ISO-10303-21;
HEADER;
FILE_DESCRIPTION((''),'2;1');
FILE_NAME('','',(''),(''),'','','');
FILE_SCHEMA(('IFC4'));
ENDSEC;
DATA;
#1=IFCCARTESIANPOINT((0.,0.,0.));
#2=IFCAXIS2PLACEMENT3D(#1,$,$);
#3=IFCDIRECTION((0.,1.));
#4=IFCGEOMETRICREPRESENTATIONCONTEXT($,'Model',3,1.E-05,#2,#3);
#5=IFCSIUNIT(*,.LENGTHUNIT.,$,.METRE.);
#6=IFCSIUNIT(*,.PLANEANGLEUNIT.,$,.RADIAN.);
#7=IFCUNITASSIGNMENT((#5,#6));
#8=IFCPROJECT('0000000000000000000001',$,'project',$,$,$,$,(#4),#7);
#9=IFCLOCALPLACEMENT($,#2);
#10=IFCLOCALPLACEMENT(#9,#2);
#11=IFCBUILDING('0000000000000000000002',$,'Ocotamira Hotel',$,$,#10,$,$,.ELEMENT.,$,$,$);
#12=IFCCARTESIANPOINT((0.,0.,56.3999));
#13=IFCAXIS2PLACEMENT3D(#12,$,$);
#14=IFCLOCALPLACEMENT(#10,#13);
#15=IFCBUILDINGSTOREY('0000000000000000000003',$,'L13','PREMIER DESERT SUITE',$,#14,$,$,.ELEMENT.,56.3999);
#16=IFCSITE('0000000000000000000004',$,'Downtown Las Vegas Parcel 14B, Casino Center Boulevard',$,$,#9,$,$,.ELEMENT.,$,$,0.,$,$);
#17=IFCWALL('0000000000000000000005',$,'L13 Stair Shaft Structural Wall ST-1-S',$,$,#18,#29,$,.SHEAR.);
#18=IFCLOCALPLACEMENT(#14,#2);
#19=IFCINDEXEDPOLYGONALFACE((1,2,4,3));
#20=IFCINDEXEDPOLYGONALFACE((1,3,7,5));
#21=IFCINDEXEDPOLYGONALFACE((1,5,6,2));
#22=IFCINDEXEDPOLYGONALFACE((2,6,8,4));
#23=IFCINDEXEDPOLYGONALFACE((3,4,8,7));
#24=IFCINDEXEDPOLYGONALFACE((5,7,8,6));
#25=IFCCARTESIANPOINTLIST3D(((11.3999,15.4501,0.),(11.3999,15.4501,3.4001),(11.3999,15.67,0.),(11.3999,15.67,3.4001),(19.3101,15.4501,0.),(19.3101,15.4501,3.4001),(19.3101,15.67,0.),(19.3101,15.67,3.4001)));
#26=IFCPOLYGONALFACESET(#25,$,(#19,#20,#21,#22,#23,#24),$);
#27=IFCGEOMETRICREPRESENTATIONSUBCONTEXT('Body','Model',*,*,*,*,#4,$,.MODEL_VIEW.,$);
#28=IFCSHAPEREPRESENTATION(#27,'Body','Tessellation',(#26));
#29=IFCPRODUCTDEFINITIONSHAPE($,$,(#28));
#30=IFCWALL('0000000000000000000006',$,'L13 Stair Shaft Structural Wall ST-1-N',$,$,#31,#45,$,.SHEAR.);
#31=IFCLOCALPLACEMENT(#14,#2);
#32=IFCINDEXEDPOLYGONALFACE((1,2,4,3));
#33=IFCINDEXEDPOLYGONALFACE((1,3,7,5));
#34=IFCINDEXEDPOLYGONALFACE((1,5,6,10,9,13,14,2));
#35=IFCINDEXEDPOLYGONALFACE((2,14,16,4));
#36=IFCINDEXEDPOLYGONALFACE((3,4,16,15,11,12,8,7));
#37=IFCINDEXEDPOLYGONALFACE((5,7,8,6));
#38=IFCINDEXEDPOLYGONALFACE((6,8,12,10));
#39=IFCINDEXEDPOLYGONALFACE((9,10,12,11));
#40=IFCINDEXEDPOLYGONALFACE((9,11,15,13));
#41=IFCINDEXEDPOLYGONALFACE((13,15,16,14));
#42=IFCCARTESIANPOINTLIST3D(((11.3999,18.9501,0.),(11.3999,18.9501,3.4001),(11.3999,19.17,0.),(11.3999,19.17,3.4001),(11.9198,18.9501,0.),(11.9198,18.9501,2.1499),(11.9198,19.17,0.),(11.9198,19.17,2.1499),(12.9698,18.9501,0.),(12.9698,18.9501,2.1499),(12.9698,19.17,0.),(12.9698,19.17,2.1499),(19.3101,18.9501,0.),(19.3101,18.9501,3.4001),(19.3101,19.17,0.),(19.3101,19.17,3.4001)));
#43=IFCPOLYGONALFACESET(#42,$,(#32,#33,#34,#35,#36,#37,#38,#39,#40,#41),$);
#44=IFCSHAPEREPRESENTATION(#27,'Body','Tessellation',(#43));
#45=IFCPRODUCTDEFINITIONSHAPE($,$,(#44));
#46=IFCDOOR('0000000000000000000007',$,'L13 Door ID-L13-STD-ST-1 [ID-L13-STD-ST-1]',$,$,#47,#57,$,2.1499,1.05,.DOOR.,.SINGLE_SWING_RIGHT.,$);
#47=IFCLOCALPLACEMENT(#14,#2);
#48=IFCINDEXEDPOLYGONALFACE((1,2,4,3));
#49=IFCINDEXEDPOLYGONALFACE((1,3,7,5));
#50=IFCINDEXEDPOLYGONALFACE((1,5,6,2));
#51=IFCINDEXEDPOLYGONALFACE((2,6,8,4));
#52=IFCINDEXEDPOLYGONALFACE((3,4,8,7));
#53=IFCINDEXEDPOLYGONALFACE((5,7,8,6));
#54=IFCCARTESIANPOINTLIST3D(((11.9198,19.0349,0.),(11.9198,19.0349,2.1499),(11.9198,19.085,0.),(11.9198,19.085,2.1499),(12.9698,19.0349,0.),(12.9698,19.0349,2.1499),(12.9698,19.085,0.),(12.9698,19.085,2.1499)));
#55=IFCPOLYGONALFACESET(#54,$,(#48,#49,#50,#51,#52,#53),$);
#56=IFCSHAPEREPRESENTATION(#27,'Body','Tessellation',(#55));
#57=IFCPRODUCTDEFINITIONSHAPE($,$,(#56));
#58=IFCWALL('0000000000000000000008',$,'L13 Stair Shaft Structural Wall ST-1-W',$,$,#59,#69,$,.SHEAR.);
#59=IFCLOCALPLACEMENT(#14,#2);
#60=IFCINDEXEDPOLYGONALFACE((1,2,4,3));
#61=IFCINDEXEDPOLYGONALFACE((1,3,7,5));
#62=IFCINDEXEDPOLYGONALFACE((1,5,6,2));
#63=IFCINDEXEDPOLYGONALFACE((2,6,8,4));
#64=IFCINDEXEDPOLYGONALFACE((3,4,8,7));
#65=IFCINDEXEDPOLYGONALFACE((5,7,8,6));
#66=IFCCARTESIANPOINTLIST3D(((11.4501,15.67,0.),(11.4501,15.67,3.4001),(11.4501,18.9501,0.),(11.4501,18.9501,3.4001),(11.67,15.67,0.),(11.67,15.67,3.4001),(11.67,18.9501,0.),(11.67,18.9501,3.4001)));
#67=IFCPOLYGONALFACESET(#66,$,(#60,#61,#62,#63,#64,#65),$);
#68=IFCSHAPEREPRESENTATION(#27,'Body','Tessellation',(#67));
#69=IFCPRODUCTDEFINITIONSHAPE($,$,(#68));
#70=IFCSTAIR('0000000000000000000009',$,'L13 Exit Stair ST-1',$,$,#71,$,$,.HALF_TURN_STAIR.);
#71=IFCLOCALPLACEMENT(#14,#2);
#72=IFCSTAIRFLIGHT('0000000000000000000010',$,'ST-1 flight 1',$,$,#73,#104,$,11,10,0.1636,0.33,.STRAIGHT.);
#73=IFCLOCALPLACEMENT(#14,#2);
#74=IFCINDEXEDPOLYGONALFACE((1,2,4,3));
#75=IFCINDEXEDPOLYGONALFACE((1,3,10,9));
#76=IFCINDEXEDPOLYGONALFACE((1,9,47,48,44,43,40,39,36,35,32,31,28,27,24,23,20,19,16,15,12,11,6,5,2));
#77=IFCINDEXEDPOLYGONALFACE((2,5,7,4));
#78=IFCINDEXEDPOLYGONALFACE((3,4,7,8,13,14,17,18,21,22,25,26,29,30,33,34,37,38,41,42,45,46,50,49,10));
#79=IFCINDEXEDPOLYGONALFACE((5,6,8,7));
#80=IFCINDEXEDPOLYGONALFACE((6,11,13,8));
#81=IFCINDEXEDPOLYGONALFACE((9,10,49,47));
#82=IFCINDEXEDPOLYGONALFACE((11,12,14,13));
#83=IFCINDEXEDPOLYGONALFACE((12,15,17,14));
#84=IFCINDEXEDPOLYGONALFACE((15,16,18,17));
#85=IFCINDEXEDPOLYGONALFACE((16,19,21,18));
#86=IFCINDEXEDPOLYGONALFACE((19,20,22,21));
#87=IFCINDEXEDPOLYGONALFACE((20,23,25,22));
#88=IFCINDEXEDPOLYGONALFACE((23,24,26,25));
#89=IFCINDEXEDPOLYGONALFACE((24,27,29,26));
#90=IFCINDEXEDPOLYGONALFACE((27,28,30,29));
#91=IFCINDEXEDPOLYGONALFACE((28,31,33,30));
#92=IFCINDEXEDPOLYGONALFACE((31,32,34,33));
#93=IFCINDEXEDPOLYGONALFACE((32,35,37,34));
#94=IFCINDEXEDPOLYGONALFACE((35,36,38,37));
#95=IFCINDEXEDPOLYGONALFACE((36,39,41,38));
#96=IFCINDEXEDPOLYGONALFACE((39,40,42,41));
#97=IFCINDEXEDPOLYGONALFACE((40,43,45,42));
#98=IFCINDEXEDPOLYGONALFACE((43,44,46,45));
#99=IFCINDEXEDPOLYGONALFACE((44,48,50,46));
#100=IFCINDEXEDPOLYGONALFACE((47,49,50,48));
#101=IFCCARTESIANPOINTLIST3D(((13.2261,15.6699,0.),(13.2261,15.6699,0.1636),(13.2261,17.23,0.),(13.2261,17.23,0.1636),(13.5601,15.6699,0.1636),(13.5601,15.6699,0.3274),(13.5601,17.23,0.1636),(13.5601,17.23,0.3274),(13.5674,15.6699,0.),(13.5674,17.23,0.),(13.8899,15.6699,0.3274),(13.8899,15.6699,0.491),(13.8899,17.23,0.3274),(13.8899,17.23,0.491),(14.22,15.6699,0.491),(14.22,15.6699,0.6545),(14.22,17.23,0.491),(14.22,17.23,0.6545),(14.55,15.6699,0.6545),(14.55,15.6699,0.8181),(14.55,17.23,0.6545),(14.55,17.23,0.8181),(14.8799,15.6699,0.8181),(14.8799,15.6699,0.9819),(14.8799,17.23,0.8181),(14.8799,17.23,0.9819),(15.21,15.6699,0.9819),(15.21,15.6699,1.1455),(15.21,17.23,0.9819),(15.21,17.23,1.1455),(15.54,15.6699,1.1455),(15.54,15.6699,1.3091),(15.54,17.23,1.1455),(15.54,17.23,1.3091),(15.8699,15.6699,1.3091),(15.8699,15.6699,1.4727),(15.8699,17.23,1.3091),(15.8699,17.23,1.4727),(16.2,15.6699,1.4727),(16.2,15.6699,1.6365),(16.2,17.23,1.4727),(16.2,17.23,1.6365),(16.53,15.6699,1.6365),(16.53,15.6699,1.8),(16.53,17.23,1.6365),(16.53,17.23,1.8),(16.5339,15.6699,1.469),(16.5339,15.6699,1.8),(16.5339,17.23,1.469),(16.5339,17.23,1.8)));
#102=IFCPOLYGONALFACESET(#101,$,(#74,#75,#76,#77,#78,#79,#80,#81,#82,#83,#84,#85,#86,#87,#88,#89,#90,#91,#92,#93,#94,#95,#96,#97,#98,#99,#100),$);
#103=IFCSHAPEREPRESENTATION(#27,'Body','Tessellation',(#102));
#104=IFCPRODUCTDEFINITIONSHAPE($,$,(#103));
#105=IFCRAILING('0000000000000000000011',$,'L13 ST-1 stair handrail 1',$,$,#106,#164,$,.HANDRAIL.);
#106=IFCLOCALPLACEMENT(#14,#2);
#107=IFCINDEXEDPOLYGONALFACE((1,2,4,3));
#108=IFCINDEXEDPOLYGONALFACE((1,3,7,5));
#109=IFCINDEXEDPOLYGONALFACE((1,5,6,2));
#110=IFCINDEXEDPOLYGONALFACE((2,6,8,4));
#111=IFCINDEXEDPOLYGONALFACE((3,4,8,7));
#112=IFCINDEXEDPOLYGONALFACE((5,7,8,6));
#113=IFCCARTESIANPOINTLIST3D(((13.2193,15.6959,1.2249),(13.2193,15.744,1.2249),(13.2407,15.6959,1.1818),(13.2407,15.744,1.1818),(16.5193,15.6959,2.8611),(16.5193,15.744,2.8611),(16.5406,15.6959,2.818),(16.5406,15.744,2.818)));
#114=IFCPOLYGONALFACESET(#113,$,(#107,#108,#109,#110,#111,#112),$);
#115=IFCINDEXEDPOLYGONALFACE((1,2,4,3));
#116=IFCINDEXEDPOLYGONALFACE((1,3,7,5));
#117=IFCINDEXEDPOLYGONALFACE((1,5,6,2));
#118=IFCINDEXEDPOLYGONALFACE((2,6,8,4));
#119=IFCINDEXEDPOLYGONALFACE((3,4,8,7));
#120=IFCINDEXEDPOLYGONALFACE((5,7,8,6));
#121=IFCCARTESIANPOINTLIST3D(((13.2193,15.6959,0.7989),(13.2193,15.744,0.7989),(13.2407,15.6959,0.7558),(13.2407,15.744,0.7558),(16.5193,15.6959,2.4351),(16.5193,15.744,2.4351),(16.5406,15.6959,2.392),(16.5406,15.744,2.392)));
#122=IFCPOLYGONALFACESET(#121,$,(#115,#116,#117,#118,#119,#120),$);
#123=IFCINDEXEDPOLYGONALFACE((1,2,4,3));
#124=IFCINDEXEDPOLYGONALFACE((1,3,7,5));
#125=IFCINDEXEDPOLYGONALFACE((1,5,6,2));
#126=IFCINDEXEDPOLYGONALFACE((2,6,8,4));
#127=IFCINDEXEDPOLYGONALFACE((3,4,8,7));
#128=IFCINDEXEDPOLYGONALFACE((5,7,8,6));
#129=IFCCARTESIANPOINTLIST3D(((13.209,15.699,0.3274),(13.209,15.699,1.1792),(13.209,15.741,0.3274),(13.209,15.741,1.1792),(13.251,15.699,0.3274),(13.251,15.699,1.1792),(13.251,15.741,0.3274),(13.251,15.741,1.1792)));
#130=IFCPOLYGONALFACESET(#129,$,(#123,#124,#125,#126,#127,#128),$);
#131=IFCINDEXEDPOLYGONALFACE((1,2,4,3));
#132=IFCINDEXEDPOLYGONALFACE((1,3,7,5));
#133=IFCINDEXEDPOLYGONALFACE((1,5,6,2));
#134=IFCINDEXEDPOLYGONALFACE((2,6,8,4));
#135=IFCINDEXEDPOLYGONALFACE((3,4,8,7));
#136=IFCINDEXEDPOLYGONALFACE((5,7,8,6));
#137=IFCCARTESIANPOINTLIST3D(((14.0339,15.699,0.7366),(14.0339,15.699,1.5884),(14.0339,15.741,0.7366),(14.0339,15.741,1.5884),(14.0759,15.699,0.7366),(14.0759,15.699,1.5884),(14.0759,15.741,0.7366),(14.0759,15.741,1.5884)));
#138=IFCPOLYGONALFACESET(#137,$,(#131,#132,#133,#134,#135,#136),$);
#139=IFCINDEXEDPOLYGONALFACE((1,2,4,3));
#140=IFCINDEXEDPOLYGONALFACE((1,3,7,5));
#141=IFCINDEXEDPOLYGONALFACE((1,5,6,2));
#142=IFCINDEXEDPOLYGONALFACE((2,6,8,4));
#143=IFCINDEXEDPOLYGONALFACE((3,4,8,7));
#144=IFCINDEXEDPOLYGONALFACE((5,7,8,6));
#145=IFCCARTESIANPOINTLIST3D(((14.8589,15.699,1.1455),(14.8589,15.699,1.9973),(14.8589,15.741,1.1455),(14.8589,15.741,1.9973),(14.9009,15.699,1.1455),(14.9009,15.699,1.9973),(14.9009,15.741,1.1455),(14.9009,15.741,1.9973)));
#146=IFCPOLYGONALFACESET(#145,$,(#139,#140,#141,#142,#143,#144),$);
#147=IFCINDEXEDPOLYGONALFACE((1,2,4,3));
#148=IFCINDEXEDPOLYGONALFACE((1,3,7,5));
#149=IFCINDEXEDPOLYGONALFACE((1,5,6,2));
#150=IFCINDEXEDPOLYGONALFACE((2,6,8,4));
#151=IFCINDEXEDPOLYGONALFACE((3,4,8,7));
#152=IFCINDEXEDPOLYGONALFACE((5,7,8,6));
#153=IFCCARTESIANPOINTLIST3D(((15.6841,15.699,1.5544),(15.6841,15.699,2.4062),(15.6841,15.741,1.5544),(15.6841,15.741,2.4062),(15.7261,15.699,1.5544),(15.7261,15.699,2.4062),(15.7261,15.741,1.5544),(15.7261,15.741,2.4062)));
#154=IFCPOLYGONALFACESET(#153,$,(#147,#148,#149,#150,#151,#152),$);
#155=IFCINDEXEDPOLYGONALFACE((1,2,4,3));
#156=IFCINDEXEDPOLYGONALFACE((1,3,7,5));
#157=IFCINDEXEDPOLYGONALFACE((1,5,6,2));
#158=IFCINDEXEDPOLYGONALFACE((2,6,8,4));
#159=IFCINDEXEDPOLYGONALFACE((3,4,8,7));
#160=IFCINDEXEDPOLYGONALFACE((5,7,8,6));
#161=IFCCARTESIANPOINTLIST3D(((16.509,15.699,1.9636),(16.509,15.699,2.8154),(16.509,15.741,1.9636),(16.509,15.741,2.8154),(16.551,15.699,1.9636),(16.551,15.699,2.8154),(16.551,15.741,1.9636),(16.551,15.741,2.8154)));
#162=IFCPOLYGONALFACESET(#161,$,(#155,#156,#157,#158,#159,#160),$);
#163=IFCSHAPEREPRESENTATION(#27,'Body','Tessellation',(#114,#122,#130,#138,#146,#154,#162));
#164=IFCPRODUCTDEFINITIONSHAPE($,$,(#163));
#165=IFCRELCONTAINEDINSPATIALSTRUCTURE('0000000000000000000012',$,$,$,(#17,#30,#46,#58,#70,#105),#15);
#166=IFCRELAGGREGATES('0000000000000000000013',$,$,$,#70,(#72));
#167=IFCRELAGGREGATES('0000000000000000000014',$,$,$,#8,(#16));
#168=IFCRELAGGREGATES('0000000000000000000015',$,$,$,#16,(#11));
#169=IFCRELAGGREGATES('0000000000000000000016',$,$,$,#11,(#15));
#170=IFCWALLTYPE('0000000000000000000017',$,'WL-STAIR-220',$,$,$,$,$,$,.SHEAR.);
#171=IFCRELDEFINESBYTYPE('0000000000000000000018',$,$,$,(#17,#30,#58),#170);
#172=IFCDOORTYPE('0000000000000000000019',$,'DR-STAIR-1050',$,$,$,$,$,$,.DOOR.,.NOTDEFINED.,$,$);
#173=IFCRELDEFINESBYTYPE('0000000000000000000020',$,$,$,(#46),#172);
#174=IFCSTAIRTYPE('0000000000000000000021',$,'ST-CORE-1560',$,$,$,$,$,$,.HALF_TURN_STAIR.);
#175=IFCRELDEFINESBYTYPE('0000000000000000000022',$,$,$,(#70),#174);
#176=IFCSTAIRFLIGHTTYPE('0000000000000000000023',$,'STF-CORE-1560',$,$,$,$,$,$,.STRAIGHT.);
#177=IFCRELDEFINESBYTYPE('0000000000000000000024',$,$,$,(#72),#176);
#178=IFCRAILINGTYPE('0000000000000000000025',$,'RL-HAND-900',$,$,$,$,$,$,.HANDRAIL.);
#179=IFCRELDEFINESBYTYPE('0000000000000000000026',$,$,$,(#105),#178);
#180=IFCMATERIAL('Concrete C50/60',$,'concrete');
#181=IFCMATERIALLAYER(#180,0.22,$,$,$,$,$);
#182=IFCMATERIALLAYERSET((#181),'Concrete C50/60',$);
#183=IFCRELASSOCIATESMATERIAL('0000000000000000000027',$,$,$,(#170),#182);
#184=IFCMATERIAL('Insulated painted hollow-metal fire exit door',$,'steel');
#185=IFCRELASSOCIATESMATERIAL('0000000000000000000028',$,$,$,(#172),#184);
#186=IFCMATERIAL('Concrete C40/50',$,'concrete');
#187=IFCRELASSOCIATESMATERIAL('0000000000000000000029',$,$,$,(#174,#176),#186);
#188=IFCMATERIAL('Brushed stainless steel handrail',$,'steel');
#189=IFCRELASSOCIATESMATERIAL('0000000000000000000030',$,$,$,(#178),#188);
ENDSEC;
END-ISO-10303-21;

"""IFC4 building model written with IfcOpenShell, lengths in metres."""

from ifc_helpers import new_model, si_unit, direction, frame, frame_2d, origin, origin_2d, place, context, subcontext, project, spatial, polyline, rectangle, outline, extrude, source, transform, mapped, material, layer, layer_set, type_object, element, fill, aggregate, save


model = new_model("IFC4")

# Units and contexts
model_context = context("Model", 3, precision=1e-05, world=origin(), true_north=direction((0.0, 1.0)))
body_context = subcontext(model_context, "Body", "Model", "MODEL_VIEW")
ifc_project = project(units=[si_unit("LENGTHUNIT", "METRE"), si_unit("PLANEANGLEUNIT", "RADIAN")], contexts=[model_context])

# Site, building, storey
site_placement = place(None, origin())
site = spatial("IfcSite", under=ifc_project, at=site_placement, Name="Downtown Las Vegas Parcel 14B, Casino Center Boulevard", CompositionType="ELEMENT", RefElevation=0.0)
building_placement = place(site_placement, origin())
building = spatial("IfcBuilding", under=site, at=building_placement, Name="Ocotamira Hotel", CompositionType="ELEMENT")
storey_placement = place(building_placement, frame((0.0, 0.0, 56.3999)))
storey = spatial("IfcBuildingStorey", under=building, at=storey_placement, Name="L13", Description="PREMIER DESERT SUITE", CompositionType="ELEMENT", Elevation=56.3999)

# Wall
ifc_material_1 = material(Name="Concrete C50/60", Category="concrete")
ifc_layer_1 = layer(ifc_material_1, 0.22)
ifc_layer_set_1 = layer_set([ifc_layer_1], Name="Concrete C50/60")
wall_type_1 = type_object("IfcWallType", Name="WL-STAIR-220", PredefinedType="SHEAR", material=ifc_layer_set_1)
wall_1_placement = place(storey_placement, frame((11.3999, 15.5601, 0.0), z_axis=(0.0, 0.0, 1.0), x_axis=(1.0, 0.0, 0.0)))
element("IfcWall", 1, at=wall_1_placement, inside=storey, type_object=wall_type_1, Name="L13 Stair Shaft Structural Wall ST-1-S", PredefinedType="SHEAR", context=body_context, shape_type="SweptSolid", body=[
    extrude(rectangle(XDim=7.9102, YDim=0.22, at=frame_2d((3.9551, 0.0))), origin(), (0.0, 0.0, 1.0), 3.4001),
])

# Wall, opening, door
wall_2_placement = place(storey_placement, frame((11.3999, 19.0601, 0.0), z_axis=(0.0, 0.0, 1.0), x_axis=(1.0, 0.0, 0.0)))
wall_2 = element("IfcWall", 2, at=wall_2_placement, inside=storey, type_object=wall_type_1, Name="L13 Stair Shaft Structural Wall ST-1-N", PredefinedType="SHEAR", context=body_context, shape_type="SweptSolid", body=[
    extrude(rectangle(XDim=7.9102, YDim=0.22, at=frame_2d((3.9551, 0.0))), origin(), (0.0, 0.0, 1.0), 3.4001),
])
opening_1_placement = place(wall_2_placement, frame((0.52, 0.0, 0.0)))
opening_1 = element("IfcOpeningElement", 3, at=opening_1_placement, cuts=wall_2, PredefinedType="OPENING", context=body_context, shape_type="SweptSolid", body=[
    extrude(rectangle(XDim=1.05, YDim=2.1499, at=frame_2d((0.5249, 1.075))), frame((0.0, 0.1201, 0.0), z_axis=(0.0, -1.0, 0.0), x_axis=(1.0, 0.0, 0.0)), (0.0, 0.0, 1.0), 0.24),
])
ifc_material_2 = material(Name="Insulated painted hollow-metal fire exit door", Category="steel")
door_type_1 = type_object("IfcDoorType", Name="DR-STAIR-1050", OperationType="NOTDEFINED", PredefinedType="DOOR", material=ifc_material_2)
shared_shape_1 = source(origin(), body_context, "Body", "SweptSolid", [
    extrude(rectangle(XDim=1.05, YDim=2.1499, at=frame_2d((0.5249, 1.075))), frame((0.0, 0.0249, 0.0), z_axis=(0.0, -1.0, 0.0), x_axis=(1.0, 0.0, 0.0)), (0.0, 0.0, 1.0), 0.05),
])
door_1_placement = place(opening_1_placement, origin())
door_1 = element("IfcDoor", 4, at=door_1_placement, inside=storey, type_object=door_type_1, Name="L13 Door ID-L13-STD-ST-1 [ID-L13-STD-ST-1]", OperationType="SINGLE_SWING_RIGHT", OverallHeight=2.1499, OverallWidth=1.05, PredefinedType="DOOR", context=body_context, shape_type="MappedRepresentation", body=[
    mapped(shared_shape_1, transform((0.0, 0.0, 0.0), scale=1.0)),
])
fill(opening_1, door_1)

# Wall
wall_3_placement = place(storey_placement, frame((11.5601, 15.6699, 0.0), z_axis=(0.0, 0.0, 1.0), x_axis=(0.0, 1.0, 0.0)))
element("IfcWall", 5, at=wall_3_placement, inside=storey, type_object=wall_type_1, Name="L13 Stair Shaft Structural Wall ST-1-W", PredefinedType="SHEAR", context=body_context, shape_type="SweptSolid", body=[
    extrude(rectangle(XDim=3.28, YDim=0.22, at=frame_2d((1.6401, 0.0))), origin(), (0.0, 0.0, 1.0), 3.4001),
])

# Stair, stair flight
ifc_material_3 = material(Name="Concrete C40/50", Category="concrete")
stair_type = type_object("IfcStairType", Name="ST-CORE-1560", PredefinedType="HALF_TURN_STAIR", material=ifc_material_3)
stair_placement = place(storey_placement, origin())
stair = element("IfcStair", 6, at=stair_placement, inside=storey, type_object=stair_type, Name="L13 Exit Stair ST-1", PredefinedType="HALF_TURN_STAIR")
stair_flight_type = type_object("IfcStairFlightType", Name="STF-CORE-1560", PredefinedType="STRAIGHT", material=ifc_material_3)
shared_shape_2 = source(origin(), body_context, "Body", "SweptSolid", [
    extrude(outline(polyline([(-0.0039, 0.0), (-0.0039, 0.1636), (0.3301, 0.1636), (0.3301, 0.3274), (0.6599, 0.3274), (0.6599, 0.491), (0.99, 0.491), (0.99, 0.6545), (1.3201, 0.6545), (1.3201, 0.8181), (1.6499, 0.8181), (1.6499, 0.9819), (1.98, 0.9819), (1.98, 1.1455), (2.3101, 1.1455), (2.3101, 1.3091), (2.6399, 1.3091), (2.6399, 1.4727), (2.97, 1.4727), (2.97, 1.6365), (3.3, 1.6365), (3.3, 1.8), (3.304, 1.8), (3.304, 1.469), (0.3374, 0.0), (-0.0039, 0.0)])), frame((0.0, 0.78, 0.0), z_axis=(0.0, -1.0, 0.0), x_axis=(1.0, 0.0, 0.0)), (0.0, 0.0, 1.0), 1.5601),
])
stair_flight_placement = place(storey_placement, frame((13.23, 16.45, 0.0), z_axis=(0.0, 0.0, 1.0), x_axis=(1.0, 0.0, 0.0)))
stair_flight = element("IfcStairFlight", 7, at=stair_flight_placement, type_object=stair_flight_type, Name="ST-1 flight 1", NumberOfRisers=11, NumberOfTreads=10, PredefinedType="STRAIGHT", RiserHeight=0.1636, TreadLength=0.33, context=body_context, shape_type="MappedRepresentation", body=[
    mapped(shared_shape_2, transform((0.0, 0.0, 0.0), scale=1.0)),
])
aggregate(stair, [stair_flight])

# Railing
ifc_material_4 = material(Name="Brushed stainless steel handrail", Category="steel")
railing_type_1 = type_object("IfcRailingType", Name="RL-HAND-900", PredefinedType="HANDRAIL", material=ifc_material_4)
railing_1_placement = place(storey_placement, frame((13.23, 15.72, 0.3274)))
element("IfcRailing", 8, at=railing_1_placement, inside=storey, type_object=railing_type_1, Name="L13 ST-1 stair handrail 1", PredefinedType="HANDRAIL", context=body_context, shape_type="SweptSolid", body=[
    extrude(rectangle(XDim=0.0481, YDim=0.0481, at=origin_2d()), frame((0.0, 0.0, 0.876), z_axis=(0.89592, 0.0, 0.444215), x_axis=(0.0, 1.0, 0.0)), (0.0, 0.0, 1.0), 3.6833),
    extrude(rectangle(XDim=0.0481, YDim=0.0481, at=origin_2d()), frame((0.0, 0.0, 0.45), z_axis=(0.89592, 0.0, 0.444215), x_axis=(0.0, 1.0, 0.0)), (0.0, 0.0, 1.0), 3.6833),
    extrude(rectangle(XDim=0.042, YDim=0.042, at=origin_2d()), origin(), (0.0, 0.0, 1.0), 0.8518),
    extrude(rectangle(XDim=0.042, YDim=0.042, at=origin_2d()), frame((0.825, 0.0, 0.4092)), (0.0, 0.0, 1.0), 0.8518),
    extrude(rectangle(XDim=0.042, YDim=0.042, at=origin_2d()), frame((1.6499, 0.0, 0.8181)), (0.0, 0.0, 1.0), 0.8518),
    extrude(rectangle(XDim=0.042, YDim=0.042, at=origin_2d()), frame((2.4751, 0.0, 1.2271)), (0.0, 0.0, 1.0), 0.8518),
    extrude(rectangle(XDim=0.042, YDim=0.042, at=origin_2d()), frame((3.3, 0.0, 1.6362)), (0.0, 0.0, 1.0), 0.8518),
])

save(model, "model.ifc")
